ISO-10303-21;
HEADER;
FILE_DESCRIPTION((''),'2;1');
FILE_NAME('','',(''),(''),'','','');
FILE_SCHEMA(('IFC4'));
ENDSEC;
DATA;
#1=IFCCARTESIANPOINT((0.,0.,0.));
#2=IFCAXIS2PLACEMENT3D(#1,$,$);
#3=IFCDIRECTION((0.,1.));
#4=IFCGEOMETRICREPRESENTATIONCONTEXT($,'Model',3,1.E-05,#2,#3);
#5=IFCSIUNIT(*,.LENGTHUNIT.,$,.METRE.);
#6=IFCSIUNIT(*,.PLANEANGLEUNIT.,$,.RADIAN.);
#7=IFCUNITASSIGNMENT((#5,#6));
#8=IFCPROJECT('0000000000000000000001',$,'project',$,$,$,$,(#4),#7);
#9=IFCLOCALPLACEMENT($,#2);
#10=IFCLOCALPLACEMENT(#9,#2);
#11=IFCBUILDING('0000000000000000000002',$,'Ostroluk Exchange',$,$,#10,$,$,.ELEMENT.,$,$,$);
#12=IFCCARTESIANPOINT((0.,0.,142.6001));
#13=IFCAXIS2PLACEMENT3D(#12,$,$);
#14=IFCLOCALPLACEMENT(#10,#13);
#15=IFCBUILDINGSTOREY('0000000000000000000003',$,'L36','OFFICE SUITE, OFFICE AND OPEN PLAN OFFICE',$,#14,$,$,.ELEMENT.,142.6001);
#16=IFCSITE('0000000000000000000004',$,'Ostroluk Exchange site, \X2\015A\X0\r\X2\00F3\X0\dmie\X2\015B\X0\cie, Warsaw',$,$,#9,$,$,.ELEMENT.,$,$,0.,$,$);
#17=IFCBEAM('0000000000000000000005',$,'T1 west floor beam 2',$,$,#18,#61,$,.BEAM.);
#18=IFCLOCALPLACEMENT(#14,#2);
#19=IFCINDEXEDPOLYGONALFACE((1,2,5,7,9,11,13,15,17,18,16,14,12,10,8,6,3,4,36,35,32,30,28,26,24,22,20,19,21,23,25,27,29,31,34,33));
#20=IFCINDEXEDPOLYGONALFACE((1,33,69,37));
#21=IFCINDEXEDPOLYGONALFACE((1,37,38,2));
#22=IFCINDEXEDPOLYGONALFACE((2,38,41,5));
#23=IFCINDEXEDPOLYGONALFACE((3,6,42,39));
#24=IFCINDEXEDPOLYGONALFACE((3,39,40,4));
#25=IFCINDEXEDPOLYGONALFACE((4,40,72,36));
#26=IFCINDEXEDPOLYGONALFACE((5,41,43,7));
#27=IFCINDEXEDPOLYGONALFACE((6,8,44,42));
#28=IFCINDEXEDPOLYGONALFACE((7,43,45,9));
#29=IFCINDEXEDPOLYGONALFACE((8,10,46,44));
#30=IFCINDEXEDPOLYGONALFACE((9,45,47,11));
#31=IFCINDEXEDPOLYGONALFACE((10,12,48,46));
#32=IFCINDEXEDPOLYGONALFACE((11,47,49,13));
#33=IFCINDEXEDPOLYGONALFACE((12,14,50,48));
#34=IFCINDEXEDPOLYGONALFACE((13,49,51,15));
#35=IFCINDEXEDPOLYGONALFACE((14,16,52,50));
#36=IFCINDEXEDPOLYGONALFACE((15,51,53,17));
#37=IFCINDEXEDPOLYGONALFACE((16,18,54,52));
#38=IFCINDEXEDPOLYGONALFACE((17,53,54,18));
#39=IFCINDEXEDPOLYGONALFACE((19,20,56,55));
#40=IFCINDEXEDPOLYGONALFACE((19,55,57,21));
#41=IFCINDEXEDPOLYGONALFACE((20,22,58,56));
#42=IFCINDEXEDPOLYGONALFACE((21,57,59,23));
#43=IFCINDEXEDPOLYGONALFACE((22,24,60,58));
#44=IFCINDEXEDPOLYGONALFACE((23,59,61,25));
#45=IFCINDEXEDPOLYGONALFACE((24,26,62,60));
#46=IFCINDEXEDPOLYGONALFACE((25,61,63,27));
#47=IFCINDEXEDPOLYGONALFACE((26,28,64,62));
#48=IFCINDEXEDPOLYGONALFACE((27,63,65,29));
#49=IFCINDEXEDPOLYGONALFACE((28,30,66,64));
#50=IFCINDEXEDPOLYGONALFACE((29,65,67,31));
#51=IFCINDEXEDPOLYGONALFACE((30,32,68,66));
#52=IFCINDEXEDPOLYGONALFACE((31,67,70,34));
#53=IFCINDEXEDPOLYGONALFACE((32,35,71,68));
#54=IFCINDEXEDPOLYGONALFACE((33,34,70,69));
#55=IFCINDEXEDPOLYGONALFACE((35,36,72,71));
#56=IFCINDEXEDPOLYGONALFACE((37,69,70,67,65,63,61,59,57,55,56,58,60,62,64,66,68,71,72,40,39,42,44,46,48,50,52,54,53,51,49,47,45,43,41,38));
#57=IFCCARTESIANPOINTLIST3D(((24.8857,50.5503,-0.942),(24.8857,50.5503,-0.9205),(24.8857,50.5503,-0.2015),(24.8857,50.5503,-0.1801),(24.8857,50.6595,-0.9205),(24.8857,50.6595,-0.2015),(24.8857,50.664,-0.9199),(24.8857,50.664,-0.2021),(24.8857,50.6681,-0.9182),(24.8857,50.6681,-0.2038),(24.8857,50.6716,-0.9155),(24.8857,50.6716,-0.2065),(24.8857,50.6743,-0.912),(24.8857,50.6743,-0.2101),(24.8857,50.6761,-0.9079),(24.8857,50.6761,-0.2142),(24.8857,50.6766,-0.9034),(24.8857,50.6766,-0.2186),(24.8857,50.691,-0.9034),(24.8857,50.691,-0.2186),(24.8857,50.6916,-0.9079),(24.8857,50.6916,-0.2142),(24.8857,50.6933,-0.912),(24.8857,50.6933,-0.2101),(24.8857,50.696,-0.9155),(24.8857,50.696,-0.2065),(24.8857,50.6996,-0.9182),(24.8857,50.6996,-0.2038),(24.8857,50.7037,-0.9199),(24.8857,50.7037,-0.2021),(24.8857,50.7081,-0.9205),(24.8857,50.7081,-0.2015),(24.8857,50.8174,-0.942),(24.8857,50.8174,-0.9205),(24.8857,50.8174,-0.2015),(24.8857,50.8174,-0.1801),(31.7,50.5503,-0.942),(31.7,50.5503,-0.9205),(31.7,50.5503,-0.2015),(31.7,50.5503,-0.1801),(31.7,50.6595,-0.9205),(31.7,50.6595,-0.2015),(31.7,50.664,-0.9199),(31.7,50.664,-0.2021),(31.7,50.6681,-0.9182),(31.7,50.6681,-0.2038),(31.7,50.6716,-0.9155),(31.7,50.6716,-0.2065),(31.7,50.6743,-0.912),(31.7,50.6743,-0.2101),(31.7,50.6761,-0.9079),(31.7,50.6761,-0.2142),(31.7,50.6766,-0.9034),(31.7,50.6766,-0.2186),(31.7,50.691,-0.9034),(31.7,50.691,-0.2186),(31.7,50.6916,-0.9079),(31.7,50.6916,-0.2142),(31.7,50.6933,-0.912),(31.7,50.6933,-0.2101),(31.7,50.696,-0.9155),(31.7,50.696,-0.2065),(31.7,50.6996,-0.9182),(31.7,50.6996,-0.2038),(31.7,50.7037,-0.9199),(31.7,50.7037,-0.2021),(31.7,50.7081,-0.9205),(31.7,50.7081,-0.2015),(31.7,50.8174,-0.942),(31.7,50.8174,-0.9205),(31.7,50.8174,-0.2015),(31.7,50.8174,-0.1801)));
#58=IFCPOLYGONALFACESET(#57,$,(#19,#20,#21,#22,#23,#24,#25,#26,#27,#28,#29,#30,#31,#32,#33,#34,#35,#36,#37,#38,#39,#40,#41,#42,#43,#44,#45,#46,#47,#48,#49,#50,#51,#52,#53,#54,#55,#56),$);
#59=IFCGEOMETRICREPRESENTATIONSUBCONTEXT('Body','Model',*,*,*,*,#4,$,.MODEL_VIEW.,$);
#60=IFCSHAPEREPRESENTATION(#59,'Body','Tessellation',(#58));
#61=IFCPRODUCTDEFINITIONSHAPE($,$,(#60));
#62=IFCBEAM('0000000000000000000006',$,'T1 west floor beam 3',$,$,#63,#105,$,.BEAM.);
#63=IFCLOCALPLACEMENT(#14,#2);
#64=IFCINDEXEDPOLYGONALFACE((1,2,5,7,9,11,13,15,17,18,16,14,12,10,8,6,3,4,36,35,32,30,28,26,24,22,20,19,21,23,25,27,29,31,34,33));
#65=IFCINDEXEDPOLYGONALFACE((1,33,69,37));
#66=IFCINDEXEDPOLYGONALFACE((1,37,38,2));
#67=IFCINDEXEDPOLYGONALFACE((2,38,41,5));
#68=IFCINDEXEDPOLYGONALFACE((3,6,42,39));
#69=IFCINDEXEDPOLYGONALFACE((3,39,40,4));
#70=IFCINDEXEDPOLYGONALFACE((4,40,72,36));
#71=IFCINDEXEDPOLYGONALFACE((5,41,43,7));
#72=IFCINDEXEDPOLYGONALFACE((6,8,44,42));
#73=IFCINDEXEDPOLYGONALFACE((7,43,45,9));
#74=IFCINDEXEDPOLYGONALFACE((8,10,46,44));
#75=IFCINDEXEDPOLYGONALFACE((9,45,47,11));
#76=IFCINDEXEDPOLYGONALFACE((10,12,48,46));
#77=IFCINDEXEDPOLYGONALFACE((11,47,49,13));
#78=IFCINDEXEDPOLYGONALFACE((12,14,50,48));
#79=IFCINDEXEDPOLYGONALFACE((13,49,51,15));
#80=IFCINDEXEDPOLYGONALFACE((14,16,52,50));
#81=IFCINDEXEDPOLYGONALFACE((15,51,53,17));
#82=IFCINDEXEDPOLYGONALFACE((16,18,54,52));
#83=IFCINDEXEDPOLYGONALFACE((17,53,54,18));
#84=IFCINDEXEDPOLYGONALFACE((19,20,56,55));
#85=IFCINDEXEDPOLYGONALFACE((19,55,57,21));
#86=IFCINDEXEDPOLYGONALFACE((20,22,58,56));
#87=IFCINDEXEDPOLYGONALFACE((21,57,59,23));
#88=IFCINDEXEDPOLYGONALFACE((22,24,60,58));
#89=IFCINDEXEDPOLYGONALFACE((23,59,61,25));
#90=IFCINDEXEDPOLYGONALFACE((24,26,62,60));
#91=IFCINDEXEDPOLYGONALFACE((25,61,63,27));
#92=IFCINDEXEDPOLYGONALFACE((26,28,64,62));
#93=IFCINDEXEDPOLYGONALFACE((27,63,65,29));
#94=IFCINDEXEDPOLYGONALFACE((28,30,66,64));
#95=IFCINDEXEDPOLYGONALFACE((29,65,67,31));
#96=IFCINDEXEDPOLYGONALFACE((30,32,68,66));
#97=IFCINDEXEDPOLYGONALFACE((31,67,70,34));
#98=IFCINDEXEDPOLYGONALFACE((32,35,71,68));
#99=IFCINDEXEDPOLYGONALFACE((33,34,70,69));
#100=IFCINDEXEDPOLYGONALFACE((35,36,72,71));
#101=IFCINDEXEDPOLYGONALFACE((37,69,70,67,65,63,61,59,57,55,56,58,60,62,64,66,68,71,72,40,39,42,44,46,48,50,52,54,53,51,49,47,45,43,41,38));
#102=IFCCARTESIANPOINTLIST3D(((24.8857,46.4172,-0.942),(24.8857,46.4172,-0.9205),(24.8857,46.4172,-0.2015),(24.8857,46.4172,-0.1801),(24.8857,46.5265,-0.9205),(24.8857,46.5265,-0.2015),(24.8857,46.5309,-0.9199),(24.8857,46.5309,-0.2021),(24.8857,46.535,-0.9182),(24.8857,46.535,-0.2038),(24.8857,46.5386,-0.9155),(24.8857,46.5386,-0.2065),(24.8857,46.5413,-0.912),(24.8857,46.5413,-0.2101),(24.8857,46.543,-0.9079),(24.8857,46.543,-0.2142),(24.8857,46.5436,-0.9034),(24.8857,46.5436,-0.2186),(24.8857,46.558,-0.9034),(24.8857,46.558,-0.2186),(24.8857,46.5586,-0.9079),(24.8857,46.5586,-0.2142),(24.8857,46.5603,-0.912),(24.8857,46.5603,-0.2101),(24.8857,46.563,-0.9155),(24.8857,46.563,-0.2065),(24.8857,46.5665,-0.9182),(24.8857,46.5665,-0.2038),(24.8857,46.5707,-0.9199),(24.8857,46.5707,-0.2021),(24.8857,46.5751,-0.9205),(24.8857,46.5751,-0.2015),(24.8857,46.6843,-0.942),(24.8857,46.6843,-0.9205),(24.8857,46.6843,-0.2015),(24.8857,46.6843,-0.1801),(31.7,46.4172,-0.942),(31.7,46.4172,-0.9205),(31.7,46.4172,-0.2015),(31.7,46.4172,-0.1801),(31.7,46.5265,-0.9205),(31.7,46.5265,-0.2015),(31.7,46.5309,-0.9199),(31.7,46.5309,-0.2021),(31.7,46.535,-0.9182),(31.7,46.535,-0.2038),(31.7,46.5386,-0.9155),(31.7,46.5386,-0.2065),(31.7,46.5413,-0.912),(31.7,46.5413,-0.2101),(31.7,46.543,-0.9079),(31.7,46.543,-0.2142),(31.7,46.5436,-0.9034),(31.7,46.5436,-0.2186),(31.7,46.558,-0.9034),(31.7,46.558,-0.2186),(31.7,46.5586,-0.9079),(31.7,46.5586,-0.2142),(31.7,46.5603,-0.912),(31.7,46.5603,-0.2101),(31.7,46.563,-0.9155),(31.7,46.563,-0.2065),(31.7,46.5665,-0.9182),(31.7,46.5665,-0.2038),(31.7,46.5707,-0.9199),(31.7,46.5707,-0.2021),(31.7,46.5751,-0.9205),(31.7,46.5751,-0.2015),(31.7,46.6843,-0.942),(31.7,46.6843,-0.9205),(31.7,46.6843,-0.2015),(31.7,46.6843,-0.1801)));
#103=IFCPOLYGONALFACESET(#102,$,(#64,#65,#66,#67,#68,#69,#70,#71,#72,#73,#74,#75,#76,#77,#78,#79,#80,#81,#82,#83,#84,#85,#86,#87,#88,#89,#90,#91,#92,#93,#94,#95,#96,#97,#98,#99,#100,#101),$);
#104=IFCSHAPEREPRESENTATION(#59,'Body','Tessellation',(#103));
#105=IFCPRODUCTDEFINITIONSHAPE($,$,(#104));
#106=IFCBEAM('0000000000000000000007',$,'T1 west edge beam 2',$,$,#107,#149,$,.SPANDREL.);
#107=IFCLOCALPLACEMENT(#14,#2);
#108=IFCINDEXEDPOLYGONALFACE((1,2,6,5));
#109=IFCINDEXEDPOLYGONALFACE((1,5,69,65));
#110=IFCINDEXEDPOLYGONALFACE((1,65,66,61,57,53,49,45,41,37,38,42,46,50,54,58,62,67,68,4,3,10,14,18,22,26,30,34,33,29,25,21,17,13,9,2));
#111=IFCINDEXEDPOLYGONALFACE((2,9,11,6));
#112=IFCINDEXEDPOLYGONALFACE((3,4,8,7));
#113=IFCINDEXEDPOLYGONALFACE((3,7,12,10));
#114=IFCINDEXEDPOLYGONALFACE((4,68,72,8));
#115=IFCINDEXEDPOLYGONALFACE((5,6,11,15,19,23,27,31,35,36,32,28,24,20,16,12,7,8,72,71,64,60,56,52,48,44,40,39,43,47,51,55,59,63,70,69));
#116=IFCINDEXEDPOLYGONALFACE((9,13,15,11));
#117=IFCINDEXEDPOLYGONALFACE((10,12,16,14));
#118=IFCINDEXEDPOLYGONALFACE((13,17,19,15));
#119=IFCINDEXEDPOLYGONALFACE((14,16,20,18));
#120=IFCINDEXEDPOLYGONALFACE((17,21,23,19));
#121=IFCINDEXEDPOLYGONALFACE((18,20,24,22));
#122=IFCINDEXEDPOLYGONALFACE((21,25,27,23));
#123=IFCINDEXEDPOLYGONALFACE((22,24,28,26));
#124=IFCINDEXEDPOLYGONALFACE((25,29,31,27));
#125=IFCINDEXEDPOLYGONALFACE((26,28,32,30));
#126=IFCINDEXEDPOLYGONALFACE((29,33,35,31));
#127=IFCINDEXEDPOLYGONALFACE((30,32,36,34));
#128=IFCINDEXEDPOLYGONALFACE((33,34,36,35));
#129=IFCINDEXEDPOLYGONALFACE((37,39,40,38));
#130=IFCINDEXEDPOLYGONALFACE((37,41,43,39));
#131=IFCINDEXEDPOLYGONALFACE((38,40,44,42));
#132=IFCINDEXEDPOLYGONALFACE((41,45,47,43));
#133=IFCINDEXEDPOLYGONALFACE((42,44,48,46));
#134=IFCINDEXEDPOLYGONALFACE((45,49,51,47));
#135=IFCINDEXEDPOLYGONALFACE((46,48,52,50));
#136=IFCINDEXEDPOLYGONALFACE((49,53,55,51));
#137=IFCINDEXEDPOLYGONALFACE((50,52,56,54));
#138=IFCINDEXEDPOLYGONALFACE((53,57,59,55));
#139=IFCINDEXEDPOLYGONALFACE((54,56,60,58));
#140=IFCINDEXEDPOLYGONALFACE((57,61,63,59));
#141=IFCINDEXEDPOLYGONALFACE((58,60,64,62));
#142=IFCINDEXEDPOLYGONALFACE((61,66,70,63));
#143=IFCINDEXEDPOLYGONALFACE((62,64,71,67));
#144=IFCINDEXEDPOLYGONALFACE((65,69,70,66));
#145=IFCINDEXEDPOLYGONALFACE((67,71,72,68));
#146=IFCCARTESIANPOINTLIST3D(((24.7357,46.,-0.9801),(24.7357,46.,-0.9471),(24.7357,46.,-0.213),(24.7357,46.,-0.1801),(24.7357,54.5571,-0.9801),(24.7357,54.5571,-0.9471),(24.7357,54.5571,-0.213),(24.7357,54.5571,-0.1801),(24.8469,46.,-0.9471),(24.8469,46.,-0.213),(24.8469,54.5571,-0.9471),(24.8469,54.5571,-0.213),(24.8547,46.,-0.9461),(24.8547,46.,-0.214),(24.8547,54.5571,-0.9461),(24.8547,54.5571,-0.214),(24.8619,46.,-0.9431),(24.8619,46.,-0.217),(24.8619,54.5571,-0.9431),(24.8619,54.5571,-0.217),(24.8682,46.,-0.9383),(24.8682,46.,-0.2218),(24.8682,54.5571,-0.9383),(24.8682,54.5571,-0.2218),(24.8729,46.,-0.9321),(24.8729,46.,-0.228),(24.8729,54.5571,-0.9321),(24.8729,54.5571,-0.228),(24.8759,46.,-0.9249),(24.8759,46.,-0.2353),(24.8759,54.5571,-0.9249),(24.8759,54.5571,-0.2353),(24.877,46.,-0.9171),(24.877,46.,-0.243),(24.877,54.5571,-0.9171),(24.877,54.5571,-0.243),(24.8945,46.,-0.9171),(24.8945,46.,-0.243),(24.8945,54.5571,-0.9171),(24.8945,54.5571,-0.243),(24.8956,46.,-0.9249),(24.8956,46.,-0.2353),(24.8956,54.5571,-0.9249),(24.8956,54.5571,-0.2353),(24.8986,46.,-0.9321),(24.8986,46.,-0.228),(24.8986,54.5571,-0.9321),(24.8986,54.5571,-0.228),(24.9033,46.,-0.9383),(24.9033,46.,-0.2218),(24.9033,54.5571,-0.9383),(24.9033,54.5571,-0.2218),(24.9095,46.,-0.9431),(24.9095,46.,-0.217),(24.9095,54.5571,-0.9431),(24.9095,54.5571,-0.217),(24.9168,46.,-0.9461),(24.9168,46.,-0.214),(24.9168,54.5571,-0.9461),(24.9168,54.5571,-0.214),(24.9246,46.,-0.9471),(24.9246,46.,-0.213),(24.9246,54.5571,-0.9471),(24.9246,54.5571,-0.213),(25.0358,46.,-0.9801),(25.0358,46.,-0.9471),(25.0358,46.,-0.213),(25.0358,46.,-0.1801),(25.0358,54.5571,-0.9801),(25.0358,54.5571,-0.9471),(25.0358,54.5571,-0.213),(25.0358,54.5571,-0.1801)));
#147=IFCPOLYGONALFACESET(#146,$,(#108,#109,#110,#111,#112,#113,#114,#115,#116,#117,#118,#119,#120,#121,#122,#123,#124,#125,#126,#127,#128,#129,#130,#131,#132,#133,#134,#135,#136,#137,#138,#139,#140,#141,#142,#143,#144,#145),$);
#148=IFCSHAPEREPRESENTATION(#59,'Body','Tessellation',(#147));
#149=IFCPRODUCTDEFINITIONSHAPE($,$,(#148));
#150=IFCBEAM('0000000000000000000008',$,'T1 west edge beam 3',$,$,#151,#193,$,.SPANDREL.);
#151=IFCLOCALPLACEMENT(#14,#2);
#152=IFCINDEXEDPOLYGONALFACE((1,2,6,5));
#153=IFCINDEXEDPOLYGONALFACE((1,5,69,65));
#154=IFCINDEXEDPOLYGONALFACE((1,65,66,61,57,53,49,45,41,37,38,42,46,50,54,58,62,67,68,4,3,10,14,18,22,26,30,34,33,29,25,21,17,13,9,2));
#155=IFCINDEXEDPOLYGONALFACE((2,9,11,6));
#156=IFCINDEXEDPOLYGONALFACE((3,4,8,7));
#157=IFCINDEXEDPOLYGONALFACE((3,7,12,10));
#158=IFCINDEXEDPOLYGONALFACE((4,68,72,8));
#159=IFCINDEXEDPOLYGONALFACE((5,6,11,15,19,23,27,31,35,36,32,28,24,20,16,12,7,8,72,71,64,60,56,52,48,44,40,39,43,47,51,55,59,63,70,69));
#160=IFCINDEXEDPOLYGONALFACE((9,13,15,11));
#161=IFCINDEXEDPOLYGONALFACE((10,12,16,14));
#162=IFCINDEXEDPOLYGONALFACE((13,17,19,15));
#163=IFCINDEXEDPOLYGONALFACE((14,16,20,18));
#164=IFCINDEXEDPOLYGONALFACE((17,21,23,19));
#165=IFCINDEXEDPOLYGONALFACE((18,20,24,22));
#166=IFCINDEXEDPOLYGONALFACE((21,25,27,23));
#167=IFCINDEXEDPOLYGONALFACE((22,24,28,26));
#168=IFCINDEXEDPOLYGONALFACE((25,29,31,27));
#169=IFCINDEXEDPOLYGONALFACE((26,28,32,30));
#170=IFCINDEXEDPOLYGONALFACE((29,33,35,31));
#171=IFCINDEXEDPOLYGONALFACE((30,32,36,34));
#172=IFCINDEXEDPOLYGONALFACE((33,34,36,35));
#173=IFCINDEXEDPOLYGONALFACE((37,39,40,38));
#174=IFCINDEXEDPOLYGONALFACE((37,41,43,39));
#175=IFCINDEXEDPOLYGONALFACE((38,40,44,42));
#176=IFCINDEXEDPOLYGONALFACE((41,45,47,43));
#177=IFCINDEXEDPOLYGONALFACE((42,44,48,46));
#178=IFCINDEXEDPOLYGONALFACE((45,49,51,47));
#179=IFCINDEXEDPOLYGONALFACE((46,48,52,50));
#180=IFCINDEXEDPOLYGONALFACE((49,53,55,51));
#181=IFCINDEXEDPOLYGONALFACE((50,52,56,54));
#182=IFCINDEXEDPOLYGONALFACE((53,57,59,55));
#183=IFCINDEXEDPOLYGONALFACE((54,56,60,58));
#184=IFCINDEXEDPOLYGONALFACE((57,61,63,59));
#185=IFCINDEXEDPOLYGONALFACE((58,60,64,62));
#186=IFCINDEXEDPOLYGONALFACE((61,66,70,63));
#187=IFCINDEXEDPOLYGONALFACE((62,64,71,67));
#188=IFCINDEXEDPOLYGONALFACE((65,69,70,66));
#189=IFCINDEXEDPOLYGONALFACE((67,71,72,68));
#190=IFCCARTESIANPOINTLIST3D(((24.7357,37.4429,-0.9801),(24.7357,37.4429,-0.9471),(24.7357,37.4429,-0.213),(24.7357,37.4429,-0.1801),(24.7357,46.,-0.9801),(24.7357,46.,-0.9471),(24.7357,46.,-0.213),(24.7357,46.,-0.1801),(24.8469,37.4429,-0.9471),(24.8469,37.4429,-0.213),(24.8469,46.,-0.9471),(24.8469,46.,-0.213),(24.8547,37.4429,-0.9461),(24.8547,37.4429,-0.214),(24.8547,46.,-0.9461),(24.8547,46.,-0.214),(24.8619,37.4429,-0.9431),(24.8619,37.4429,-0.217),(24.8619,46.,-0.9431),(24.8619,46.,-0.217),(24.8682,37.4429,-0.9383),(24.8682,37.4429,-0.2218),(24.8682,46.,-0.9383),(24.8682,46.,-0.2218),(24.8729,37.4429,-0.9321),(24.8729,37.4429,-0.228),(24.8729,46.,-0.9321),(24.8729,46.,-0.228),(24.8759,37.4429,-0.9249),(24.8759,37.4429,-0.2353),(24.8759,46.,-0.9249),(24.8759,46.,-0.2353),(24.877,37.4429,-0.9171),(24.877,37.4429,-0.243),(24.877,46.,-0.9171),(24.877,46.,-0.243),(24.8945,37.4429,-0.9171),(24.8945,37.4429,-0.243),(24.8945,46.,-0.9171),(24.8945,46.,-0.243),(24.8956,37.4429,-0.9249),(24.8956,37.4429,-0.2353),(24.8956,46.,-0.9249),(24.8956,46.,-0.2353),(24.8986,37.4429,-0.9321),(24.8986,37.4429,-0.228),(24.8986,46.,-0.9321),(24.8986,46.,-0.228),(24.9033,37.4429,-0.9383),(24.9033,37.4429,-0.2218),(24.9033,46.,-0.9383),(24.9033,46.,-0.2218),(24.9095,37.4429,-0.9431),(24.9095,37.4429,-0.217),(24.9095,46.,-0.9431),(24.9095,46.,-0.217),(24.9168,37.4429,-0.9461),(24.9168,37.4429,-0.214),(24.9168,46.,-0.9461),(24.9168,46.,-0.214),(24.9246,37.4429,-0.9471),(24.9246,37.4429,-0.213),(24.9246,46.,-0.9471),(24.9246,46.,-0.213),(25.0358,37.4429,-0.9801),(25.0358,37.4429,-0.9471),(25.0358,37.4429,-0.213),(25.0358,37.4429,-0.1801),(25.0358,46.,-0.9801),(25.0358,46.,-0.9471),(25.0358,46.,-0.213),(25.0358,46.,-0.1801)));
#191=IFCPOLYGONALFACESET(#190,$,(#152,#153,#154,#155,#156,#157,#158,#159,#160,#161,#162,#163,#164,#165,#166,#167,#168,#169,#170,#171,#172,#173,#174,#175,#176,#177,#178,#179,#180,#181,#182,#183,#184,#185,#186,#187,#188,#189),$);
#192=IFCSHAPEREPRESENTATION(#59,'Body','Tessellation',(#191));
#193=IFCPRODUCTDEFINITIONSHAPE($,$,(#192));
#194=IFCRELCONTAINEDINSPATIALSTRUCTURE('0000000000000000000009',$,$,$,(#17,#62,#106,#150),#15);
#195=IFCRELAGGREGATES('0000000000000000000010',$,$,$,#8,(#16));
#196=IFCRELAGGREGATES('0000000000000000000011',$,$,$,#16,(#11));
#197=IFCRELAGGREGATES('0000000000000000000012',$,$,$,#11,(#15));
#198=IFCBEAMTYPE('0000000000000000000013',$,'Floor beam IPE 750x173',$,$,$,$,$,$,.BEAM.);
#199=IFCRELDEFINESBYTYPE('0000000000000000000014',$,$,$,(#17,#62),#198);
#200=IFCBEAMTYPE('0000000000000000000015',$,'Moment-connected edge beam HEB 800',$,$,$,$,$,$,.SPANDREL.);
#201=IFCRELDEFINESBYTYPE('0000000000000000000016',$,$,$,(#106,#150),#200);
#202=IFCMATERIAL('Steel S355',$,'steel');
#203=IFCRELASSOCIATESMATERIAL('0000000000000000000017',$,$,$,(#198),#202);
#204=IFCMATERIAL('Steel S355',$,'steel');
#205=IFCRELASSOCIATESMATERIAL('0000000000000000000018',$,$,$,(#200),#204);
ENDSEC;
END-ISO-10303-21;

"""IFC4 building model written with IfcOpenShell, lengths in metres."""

from ifc_helpers import new_model, si_unit, direction, frame, origin, origin_2d, place, context, subcontext, project, spatial, i_section, extrude, material, material_profile, profile_set, type_object, element, save


model = new_model("IFC4")

# Units and contexts
model_context = context("Model", 3, precision=1e-05, world=origin(), true_north=direction((0.0, 1.0)))
body_context = subcontext(model_context, "Body", "Model", "MODEL_VIEW")
ifc_project = project(units=[si_unit("LENGTHUNIT", "METRE"), si_unit("PLANEANGLEUNIT", "RADIAN")], contexts=[model_context])

# Site, building, storey
site_placement = place(None, origin())
site = spatial("IfcSite", under=ifc_project, at=site_placement, Name="Ostroluk Exchange site, Śródmieście, Warsaw", CompositionType="ELEMENT", RefElevation=0.0)
building_placement = place(site_placement, origin())
building = spatial("IfcBuilding", under=site, at=building_placement, Name="Ostroluk Exchange", CompositionType="ELEMENT")
storey_placement = place(building_placement, frame((0.0, 0.0, 142.6001)))
storey = spatial("IfcBuildingStorey", under=building, at=storey_placement, Name="L36", Description="OFFICE SUITE, OFFICE AND OPEN PLAN OFFICE", CompositionType="ELEMENT", Elevation=142.6001)

# Beams
ifc_material_1 = material(Name="Steel S355", Category="steel")
ifc_material_profile_1 = material_profile(ifc_material_1, i_section(OverallWidth=0.2671, OverallDepth=0.762, WebThickness=0.0144, FlangeThickness=0.0215, FilletRadius=0.0171, at=origin_2d()), Name="IPE 750x173")
ifc_profile_set_1 = profile_set([ifc_material_profile_1], Name="Steel S355")
beam_type_1 = type_object("IfcBeamType", Name="Floor beam IPE 750x173", PredefinedType="BEAM", material=ifc_profile_set_1)
for number, where, z_axis, x_axis, name in (
    (1, (31.7, 50.6838, -0.561), (-1.0, 0.0, 0.0), (0.0, -1.0, 0.0), "T1 west floor beam 2"),
    (2, (31.7, 46.5508, -0.561), (-1.0, 0.0, 0.0), (0.0, -1.0, 0.0), "T1 west floor beam 3"),
):
    element("IfcBeam", number, at=place(storey_placement, frame(where, z_axis=z_axis, x_axis=x_axis)), inside=storey, type_object=beam_type_1, Name=name, PredefinedType="BEAM", context=body_context, shape_type="SweptSolid", body=[
        extrude(i_section(OverallWidth=0.2671, OverallDepth=0.762, WebThickness=0.0144, FlangeThickness=0.0215, FilletRadius=0.0171, at=origin_2d()), origin(), (0.0, 0.0, 1.0), 6.8142),
    ])
ifc_material_2 = material(Name="Steel S355", Category="steel")
ifc_material_profile_2 = material_profile(ifc_material_2, i_section(OverallWidth=0.3, OverallDepth=0.8, WebThickness=0.0176, FlangeThickness=0.033, FilletRadius=0.03, at=origin_2d()), Name="HEB 800")
ifc_profile_set_2 = profile_set([ifc_material_profile_2], Name="Steel S355")
beam_type_2 = type_object("IfcBeamType", Name="Moment-connected edge beam HEB 800", PredefinedType="SPANDREL", material=ifc_profile_set_2)
for number, where, z_axis, x_axis, name in (
    (3, (24.8857, 54.5571, -0.5801), (0.0, -1.0, 0.0), (1.0, 0.0, 0.0), "T1 west edge beam 2"),
    (4, (24.8857, 46.0, -0.5801), (0.0, -1.0, 0.0), (1.0, 0.0, 0.0), "T1 west edge beam 3"),
):
    element("IfcBeam", number, at=place(storey_placement, frame(where, z_axis=z_axis, x_axis=x_axis)), inside=storey, type_object=beam_type_2, Name=name, PredefinedType="SPANDREL", context=body_context, shape_type="SweptSolid", body=[
        extrude(i_section(OverallWidth=0.3, OverallDepth=0.8, WebThickness=0.0176, FlangeThickness=0.033, FilletRadius=0.03, at=origin_2d()), origin(), (0.0, 0.0, 1.0), 8.5571),
    ])

save(model, "model.ifc")
